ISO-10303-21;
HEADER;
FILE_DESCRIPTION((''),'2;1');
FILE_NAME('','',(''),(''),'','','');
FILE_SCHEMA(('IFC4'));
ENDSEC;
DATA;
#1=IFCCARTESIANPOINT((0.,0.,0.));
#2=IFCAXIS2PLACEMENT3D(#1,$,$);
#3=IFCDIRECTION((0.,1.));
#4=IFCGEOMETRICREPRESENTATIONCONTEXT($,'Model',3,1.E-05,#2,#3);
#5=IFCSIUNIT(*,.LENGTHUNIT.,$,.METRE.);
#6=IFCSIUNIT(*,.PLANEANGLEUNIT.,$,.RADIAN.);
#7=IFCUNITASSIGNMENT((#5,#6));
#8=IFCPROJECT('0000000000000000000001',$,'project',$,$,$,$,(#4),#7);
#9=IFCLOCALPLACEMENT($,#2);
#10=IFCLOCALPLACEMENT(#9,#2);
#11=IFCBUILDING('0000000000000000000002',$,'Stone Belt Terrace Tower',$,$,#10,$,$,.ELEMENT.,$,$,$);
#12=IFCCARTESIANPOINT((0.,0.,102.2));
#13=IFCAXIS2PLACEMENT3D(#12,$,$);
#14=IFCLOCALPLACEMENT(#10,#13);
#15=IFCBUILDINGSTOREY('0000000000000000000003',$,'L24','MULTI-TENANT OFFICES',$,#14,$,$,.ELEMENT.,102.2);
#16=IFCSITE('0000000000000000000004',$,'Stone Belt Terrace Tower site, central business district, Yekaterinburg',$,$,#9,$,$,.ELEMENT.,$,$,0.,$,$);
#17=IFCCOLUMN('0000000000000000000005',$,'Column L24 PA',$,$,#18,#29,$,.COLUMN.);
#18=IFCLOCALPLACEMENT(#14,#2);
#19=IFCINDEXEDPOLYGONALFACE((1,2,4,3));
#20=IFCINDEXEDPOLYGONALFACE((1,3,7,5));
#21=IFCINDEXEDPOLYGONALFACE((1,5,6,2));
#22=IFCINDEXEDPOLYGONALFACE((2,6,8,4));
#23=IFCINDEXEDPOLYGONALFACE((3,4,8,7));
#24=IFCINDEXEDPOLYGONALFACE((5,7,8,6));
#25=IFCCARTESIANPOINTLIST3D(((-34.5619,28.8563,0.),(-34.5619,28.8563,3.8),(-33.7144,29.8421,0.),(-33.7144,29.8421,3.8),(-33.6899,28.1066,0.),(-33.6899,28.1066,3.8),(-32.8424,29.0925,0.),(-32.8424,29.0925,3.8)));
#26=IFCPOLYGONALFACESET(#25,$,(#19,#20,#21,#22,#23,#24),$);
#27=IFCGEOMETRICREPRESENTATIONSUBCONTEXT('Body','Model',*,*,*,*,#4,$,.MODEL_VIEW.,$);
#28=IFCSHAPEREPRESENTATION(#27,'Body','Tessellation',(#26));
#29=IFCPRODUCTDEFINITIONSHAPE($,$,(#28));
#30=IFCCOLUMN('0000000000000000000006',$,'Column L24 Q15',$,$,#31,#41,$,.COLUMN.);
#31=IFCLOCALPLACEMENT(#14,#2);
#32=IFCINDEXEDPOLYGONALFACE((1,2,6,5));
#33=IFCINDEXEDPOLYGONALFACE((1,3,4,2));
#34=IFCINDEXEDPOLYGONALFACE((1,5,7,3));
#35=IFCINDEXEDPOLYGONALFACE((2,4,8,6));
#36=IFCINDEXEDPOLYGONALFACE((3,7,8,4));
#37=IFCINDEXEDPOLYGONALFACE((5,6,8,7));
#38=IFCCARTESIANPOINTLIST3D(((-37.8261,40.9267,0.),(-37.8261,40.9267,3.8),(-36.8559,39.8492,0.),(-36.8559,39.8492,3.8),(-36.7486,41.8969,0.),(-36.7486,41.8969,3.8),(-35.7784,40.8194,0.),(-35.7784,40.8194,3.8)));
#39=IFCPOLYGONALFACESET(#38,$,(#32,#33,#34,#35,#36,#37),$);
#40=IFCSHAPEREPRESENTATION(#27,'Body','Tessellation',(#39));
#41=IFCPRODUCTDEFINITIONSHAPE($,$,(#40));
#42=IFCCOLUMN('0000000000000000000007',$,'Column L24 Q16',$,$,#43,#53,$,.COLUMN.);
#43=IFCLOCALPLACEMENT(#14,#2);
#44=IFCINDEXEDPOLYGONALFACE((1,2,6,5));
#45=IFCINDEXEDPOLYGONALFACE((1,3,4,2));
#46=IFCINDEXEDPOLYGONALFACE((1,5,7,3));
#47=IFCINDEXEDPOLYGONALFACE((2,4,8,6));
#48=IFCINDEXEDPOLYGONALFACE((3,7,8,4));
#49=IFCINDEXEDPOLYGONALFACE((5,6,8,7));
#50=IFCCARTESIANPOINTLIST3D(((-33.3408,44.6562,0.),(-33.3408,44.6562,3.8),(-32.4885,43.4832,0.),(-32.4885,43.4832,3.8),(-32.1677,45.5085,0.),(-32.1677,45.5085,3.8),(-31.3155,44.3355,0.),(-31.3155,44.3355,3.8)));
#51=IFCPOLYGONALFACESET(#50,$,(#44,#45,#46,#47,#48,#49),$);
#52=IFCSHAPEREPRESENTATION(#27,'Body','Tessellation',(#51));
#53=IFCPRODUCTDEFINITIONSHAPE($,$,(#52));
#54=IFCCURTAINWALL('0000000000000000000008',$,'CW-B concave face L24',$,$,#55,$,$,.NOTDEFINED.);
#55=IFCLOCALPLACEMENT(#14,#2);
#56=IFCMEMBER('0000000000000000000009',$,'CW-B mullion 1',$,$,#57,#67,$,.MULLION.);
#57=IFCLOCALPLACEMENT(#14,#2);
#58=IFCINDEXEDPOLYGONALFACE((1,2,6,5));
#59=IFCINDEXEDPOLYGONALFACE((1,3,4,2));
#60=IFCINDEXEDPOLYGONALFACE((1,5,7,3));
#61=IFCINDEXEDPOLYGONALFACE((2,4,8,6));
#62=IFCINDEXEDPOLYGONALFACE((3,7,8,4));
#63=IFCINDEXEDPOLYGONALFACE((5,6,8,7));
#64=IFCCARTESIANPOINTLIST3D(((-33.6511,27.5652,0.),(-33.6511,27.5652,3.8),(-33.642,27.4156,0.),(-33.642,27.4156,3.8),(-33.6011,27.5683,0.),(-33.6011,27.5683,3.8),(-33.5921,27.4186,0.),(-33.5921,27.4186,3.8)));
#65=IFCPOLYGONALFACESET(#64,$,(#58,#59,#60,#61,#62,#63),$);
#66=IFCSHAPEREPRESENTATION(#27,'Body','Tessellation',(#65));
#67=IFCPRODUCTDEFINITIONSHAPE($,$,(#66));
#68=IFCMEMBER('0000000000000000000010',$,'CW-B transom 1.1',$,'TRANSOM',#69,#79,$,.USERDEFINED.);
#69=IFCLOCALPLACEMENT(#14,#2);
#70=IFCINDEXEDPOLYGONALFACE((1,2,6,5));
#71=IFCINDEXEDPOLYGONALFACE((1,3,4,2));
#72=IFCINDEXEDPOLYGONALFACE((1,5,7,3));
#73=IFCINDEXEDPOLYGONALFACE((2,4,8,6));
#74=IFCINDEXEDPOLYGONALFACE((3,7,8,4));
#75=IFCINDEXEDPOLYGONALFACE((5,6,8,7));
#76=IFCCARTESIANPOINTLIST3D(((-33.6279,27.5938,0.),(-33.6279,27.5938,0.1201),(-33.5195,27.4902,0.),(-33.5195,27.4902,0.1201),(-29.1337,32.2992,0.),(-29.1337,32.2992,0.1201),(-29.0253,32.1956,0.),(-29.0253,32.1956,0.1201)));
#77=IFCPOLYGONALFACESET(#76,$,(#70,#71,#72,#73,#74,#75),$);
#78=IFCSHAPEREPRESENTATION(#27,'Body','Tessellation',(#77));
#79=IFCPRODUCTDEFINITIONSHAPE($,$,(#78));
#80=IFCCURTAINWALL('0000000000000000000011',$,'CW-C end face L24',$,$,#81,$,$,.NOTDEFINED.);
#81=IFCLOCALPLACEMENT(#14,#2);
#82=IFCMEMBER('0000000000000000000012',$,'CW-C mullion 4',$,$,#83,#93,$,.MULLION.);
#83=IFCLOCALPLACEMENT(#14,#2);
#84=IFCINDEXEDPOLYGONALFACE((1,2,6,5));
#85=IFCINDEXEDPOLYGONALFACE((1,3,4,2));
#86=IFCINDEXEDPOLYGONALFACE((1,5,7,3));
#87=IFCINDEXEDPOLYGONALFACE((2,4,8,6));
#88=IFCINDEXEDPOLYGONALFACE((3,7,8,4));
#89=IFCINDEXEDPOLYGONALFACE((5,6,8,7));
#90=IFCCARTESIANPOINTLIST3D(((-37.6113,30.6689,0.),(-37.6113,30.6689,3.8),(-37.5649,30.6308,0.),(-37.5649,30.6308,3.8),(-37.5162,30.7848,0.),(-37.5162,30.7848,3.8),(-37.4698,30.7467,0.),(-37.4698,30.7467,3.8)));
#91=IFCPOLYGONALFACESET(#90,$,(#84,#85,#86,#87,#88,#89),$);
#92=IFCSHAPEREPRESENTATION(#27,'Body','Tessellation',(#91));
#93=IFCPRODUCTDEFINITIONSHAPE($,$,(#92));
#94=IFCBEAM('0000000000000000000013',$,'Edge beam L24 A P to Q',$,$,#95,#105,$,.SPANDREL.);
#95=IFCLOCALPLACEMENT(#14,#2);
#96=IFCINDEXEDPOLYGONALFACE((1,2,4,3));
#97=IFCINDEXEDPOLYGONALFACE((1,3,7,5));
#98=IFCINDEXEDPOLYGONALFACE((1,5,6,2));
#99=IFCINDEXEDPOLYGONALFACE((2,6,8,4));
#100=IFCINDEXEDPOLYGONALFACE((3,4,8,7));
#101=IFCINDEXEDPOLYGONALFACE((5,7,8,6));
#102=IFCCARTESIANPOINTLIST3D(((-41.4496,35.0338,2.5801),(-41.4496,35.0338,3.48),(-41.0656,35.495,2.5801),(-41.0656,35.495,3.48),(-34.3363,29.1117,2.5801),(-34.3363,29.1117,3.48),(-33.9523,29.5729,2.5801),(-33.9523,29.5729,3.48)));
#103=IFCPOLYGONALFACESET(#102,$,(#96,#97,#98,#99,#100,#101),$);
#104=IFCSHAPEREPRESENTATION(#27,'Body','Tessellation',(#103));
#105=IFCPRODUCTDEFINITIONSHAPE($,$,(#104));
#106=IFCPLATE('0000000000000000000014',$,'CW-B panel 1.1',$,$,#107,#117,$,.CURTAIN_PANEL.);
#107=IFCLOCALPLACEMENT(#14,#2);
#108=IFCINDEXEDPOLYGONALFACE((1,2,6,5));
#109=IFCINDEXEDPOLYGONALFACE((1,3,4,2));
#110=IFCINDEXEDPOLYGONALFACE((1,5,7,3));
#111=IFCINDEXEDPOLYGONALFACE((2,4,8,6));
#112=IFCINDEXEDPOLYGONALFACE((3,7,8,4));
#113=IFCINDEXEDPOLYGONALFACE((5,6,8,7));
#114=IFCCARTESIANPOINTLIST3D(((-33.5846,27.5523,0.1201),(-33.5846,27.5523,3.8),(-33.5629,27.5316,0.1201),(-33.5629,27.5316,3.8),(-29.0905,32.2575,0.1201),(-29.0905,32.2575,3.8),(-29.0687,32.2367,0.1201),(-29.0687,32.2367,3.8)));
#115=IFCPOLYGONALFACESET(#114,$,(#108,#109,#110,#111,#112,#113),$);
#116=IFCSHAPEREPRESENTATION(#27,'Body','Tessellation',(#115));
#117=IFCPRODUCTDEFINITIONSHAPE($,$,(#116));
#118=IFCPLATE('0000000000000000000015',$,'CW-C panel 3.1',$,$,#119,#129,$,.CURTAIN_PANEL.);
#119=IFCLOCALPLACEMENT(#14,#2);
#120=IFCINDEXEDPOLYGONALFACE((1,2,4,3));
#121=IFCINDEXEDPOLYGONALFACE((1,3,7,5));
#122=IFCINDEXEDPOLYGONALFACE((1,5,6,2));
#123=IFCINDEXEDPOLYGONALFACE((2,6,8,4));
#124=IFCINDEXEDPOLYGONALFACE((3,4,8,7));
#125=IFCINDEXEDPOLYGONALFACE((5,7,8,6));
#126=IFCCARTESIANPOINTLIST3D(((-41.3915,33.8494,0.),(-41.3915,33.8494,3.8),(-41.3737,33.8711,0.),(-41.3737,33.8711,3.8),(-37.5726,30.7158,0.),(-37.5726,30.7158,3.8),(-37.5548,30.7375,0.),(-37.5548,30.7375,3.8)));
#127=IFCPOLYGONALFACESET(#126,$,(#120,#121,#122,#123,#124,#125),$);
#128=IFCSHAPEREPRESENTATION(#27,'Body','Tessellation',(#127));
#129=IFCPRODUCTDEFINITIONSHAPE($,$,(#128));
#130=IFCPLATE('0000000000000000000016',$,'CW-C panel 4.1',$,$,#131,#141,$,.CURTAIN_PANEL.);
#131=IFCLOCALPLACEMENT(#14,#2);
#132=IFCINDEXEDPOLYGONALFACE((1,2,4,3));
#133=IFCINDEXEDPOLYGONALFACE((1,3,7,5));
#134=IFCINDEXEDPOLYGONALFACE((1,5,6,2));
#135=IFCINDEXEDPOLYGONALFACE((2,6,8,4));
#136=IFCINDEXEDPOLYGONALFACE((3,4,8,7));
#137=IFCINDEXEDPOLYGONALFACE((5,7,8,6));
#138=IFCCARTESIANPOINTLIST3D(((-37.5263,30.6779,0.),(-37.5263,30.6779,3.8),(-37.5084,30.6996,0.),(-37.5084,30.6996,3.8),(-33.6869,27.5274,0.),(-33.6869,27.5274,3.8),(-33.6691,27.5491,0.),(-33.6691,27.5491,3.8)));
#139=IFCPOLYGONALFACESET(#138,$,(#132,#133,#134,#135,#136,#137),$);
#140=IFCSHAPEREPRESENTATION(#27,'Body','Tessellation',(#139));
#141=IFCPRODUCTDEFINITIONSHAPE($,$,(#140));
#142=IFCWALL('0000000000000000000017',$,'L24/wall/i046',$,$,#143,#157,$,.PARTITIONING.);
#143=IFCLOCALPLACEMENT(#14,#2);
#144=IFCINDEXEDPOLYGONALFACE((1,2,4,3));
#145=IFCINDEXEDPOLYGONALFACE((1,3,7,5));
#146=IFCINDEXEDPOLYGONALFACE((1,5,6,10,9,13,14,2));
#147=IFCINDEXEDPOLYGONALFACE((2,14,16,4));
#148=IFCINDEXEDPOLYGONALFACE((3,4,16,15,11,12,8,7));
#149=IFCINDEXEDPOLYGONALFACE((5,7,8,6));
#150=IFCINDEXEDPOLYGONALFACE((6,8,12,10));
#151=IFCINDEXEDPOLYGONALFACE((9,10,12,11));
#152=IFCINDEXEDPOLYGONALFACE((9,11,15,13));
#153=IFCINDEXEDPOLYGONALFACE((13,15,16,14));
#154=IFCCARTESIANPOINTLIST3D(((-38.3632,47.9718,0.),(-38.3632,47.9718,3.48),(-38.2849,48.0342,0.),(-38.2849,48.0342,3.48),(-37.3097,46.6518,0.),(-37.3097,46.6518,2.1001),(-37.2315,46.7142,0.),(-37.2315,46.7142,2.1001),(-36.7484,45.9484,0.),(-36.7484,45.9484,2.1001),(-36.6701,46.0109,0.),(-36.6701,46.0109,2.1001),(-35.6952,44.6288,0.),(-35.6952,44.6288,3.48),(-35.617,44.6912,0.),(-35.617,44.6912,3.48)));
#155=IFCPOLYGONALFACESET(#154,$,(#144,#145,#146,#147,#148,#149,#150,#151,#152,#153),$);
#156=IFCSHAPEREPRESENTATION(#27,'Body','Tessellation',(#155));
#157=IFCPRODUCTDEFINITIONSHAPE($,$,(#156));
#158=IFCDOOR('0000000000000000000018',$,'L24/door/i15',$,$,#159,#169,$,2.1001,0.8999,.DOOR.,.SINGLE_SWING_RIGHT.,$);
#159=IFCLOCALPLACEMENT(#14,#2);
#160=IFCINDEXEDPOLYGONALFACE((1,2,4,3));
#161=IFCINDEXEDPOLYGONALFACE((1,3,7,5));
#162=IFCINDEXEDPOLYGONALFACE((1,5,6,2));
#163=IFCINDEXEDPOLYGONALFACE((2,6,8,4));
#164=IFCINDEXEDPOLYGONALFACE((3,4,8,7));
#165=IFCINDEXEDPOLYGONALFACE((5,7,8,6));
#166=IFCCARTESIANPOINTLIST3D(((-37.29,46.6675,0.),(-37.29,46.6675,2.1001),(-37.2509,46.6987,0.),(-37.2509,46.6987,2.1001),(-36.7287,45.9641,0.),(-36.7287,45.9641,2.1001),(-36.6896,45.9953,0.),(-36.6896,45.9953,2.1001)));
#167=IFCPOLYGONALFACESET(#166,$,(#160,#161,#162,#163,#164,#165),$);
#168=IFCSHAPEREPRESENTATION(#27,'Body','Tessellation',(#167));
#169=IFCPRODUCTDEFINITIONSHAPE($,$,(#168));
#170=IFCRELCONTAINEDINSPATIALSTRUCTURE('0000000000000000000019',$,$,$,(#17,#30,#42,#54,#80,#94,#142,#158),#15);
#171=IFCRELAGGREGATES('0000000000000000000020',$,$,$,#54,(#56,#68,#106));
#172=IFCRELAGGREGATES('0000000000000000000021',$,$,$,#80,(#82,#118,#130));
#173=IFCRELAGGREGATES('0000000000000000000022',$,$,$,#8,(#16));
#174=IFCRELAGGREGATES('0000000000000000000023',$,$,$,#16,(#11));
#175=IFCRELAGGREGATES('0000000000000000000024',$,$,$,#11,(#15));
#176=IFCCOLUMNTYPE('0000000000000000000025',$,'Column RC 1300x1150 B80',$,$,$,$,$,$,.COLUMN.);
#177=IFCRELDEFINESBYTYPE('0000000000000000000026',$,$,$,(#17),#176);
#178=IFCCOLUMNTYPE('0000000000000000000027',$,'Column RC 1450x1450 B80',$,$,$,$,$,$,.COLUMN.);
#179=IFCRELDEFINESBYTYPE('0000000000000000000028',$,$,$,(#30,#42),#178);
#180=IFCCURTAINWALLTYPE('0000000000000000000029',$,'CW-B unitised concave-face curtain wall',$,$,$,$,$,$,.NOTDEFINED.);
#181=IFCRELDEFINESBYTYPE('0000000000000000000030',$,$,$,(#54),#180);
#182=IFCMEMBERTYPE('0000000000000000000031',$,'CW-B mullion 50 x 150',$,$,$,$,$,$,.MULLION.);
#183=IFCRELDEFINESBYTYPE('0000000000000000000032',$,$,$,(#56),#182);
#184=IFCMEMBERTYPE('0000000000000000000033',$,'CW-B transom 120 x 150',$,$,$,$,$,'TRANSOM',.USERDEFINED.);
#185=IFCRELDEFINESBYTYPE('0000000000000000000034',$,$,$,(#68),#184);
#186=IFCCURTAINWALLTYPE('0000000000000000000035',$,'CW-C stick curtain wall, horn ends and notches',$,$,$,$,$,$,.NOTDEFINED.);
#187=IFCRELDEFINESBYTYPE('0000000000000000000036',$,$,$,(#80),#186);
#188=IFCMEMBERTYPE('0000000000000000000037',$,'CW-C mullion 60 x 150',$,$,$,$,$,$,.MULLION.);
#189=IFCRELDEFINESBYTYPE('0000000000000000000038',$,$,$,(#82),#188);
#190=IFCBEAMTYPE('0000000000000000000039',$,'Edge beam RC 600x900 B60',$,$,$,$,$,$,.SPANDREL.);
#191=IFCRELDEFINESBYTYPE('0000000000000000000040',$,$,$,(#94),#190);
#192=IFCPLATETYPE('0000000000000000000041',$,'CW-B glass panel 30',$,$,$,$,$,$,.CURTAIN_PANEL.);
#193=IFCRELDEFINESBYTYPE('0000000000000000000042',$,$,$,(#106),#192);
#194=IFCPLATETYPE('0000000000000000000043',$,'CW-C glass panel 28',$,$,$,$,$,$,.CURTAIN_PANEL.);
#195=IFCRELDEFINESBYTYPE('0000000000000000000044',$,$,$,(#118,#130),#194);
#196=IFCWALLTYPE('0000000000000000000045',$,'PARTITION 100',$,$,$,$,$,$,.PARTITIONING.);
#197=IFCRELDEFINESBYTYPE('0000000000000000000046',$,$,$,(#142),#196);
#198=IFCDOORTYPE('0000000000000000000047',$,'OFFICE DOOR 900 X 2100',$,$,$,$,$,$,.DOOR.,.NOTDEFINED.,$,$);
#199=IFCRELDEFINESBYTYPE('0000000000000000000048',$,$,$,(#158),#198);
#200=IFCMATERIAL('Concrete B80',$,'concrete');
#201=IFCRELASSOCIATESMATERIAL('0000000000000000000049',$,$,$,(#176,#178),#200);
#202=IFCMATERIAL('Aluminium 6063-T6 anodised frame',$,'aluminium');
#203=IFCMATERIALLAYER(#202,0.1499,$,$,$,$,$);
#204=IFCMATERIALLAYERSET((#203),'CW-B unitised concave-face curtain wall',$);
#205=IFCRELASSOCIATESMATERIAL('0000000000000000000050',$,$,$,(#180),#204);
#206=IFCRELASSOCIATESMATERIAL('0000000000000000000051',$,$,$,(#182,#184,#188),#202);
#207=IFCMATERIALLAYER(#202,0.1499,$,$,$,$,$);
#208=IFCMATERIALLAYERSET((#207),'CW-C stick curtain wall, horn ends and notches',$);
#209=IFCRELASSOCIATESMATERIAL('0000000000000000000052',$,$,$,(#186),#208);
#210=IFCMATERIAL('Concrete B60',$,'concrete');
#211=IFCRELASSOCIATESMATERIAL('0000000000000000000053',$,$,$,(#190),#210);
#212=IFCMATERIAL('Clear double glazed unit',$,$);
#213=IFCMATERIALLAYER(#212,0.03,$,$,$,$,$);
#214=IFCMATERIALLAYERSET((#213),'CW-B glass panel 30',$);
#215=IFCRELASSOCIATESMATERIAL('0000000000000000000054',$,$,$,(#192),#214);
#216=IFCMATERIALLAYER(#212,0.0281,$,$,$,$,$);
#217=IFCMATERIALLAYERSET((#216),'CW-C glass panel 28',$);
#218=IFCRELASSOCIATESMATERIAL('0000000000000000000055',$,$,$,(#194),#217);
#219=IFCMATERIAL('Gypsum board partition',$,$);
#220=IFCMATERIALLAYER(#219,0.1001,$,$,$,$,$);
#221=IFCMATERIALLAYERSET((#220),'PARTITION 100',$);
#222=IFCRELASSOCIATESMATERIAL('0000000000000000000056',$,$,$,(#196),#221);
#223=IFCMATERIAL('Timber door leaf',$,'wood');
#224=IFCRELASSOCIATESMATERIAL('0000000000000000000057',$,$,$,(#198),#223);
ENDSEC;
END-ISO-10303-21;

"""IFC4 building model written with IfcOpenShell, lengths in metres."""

from ifc_helpers import new_model, si_unit, direction, frame, frame_2d, origin, origin_2d, place, context, subcontext, project, spatial, rectangle, extrude, material, layer, layer_set, material_profile, profile_set, type_object, element, fill, aggregate, save


model = new_model("IFC4")

# Units and contexts
model_context = context("Model", 3, precision=1e-05, world=origin(), true_north=direction((0.0, 1.0)))
body_context = subcontext(model_context, "Body", "Model", "MODEL_VIEW")
ifc_project = project(units=[si_unit("LENGTHUNIT", "METRE"), si_unit("PLANEANGLEUNIT", "RADIAN")], contexts=[model_context])

# Site, building, storey
site_placement = place(None, origin())
site = spatial("IfcSite", under=ifc_project, at=site_placement, Name="Stone Belt Terrace Tower site, central business district, Yekaterinburg", CompositionType="ELEMENT", RefElevation=0.0)
building_placement = place(site_placement, origin())
building = spatial("IfcBuilding", under=site, at=building_placement, Name="Stone Belt Terrace Tower", CompositionType="ELEMENT")
storey_placement = place(building_placement, frame((0.0, 0.0, 102.2)))
storey = spatial("IfcBuildingStorey", under=building, at=storey_placement, Name="L24", Description="MULTI-TENANT OFFICES", CompositionType="ELEMENT", Elevation=102.2)

# Columns
ifc_material_1 = material(Name="Concrete B80", Category="concrete")
ifc_material_profile_1 = material_profile(ifc_material_1, rectangle(XDim=1.3, YDim=1.1499, at=origin_2d()), Name="RC 1300x1150")
ifc_profile_set_1 = profile_set([ifc_material_profile_1], Name="Concrete B80")
column_type_1 = type_object("IfcColumnType", Name="Column RC 1300x1150 B80", PredefinedType="COLUMN", material=ifc_profile_set_1)
column_placement = place(storey_placement, frame((-33.7021, 28.9744, 0.0), z_axis=(0.0, 0.0, 1.0), x_axis=(0.651917, 0.75829, 0.0)))
element("IfcColumn", 1, at=column_placement, inside=storey, type_object=column_type_1, Name="Column L24 PA", PredefinedType="COLUMN", context=body_context, shape_type="SweptSolid", body=[
    extrude(rectangle(XDim=1.3, YDim=1.1499, at=origin_2d()), origin(), (0.0, 0.0, 1.0), 3.8),
])
ifc_material_profile_2 = material_profile(ifc_material_1, rectangle(XDim=1.45, YDim=1.45, at=origin_2d()), Name="RC 1450x1450")
ifc_profile_set_2 = profile_set([ifc_material_profile_2], Name="Concrete B80")
column_type_2 = type_object("IfcColumnType", Name="Column RC 1450x1450 B80", PredefinedType="COLUMN", material=ifc_profile_set_2)
for number, where, z_axis, x_axis, name in (
    (2, (-36.8022, 40.873, 0.0), (0.0, 0.0, 1.0), (0.743145, 0.669131, 0.0), "Column L24 Q15"),
    (3, (-32.3281, 44.4958, 0.0), (0.0, 0.0, 1.0), (0.809017, 0.587785, 0.0), "Column L24 Q16"),
):
    element("IfcColumn", number, at=place(storey_placement, frame(where, z_axis=z_axis, x_axis=x_axis)), inside=storey, type_object=column_type_2, Name=name, PredefinedType="COLUMN", context=body_context, shape_type="SweptSolid", body=[
        extrude(rectangle(XDim=1.45, YDim=1.45, at=origin_2d()), origin(), (0.0, 0.0, 1.0), 3.8),
    ])

# Curtain wall, members
ifc_material_2 = material(Name="Aluminium 6063-T6 anodised frame", Category="aluminium")
ifc_layer_1 = layer(ifc_material_2, 0.1499)
ifc_layer_set_1 = layer_set([ifc_layer_1], Name="CW-B unitised concave-face curtain wall")
curtain_wall_type_1 = type_object("IfcCurtainWallType", Name="CW-B unitised concave-face curtain wall", PredefinedType="NOTDEFINED", material=ifc_layer_set_1)
curtain_wall_1_placement = place(storey_placement, origin())
curtain_wall_1 = element("IfcCurtainWall", 4, at=curtain_wall_1_placement, inside=storey, type_object=curtain_wall_type_1, Name="CW-B concave face L24", PredefinedType="NOTDEFINED")
ifc_material_profile_3 = material_profile(ifc_material_2, rectangle(XDim=0.1499, YDim=0.05, at=origin_2d()), Name="Aluminium 6063-T6 50x150")
ifc_profile_set_3 = profile_set([ifc_material_profile_3], Name="Aluminium 6063-T6 anodised frame")
member_type_1 = type_object("IfcMemberType", Name="CW-B mullion 50 x 150", PredefinedType="MULLION", material=ifc_profile_set_3)
member_1_placement = place(storey_placement, frame((-33.6216, 27.4919, 0.0), z_axis=(0.0, 0.0, 1.0), x_axis=(-0.060552, 0.998165, 0.0)))
member_1 = element("IfcMember", 5, at=member_1_placement, type_object=member_type_1, Name="CW-B mullion 1", PredefinedType="MULLION", context=body_context, shape_type="SweptSolid", body=[
    extrude(rectangle(XDim=0.1499, YDim=0.05, at=origin_2d()), origin(), (0.0, 0.0, 1.0), 3.8),
])
ifc_material_profile_4 = material_profile(ifc_material_2, rectangle(XDim=0.1499, YDim=0.1201, at=origin_2d()), Name="Aluminium 6063-T6 150x120")
ifc_profile_set_4 = profile_set([ifc_material_profile_4], Name="Aluminium 6063-T6 anodised frame")
member_type_2 = type_object("IfcMemberType", Name="CW-B transom 120 x 150", ElementType="TRANSOM", PredefinedType="USERDEFINED", material=ifc_profile_set_4)
member_2_placement = place(storey_placement, frame((-33.5737, 27.542, 0.0601), z_axis=(0.690693, 0.723149, 0.0), x_axis=(-0.723149, 0.690693, 0.0)))
member_2 = element("IfcMember", 6, at=member_2_placement, type_object=member_type_2, Name="CW-B transom 1.1", ObjectType="TRANSOM", PredefinedType="USERDEFINED", context=body_context, shape_type="SweptSolid", body=[
    extrude(rectangle(XDim=0.1499, YDim=0.1201, at=origin_2d()), origin(), (0.0, 0.0, 1.0), 6.5068),
])

# Curtain wall, member
ifc_layer_2 = layer(ifc_material_2, 0.1499)
ifc_layer_set_2 = layer_set([ifc_layer_2], Name="CW-C stick curtain wall, horn ends and notches")
curtain_wall_type_2 = type_object("IfcCurtainWallType", Name="CW-C stick curtain wall, horn ends and notches", PredefinedType="NOTDEFINED", material=ifc_layer_set_2)
curtain_wall_2_placement = place(storey_placement, origin())
curtain_wall_2 = element("IfcCurtainWall", 7, at=curtain_wall_2_placement, inside=storey, type_object=curtain_wall_type_2, Name="CW-C end face L24", PredefinedType="NOTDEFINED")
ifc_material_profile_5 = material_profile(ifc_material_2, rectangle(XDim=0.1499, YDim=0.0601, at=origin_2d()), Name="Aluminium 6063-T6 60x150")
ifc_profile_set_5 = profile_set([ifc_material_profile_5], Name="Aluminium 6063-T6 anodised frame")
member_type_3 = type_object("IfcMemberType", Name="CW-C mullion 60 x 150", PredefinedType="MULLION", material=ifc_profile_set_5)
member_3_placement = place(storey_placement, frame((-37.5405, 30.7078, 0.0), z_axis=(0.0, 0.0, 1.0), x_axis=(0.634344, 0.773051, 0.0)))
member_3 = element("IfcMember", 8, at=member_3_placement, type_object=member_type_3, Name="CW-C mullion 4", PredefinedType="MULLION", context=body_context, shape_type="SweptSolid", body=[
    extrude(rectangle(XDim=0.1499, YDim=0.0601, at=origin_2d()), origin(), (0.0, 0.0, 1.0), 3.8),
])

# Beam
ifc_material_3 = material(Name="Concrete B60", Category="concrete")
ifc_material_profile_6 = material_profile(ifc_material_3, rectangle(XDim=0.6001, YDim=0.8999, at=origin_2d()), Name="RC 600x900")
ifc_profile_set_6 = profile_set([ifc_material_profile_6], Name="Concrete B60")
beam_type = type_object("IfcBeamType", Name="Edge beam RC 600x900 B60", PredefinedType="SPANDREL", material=ifc_profile_set_6)
beam_placement = place(storey_placement, frame((-34.1443, 29.3423, 3.03), z_axis=(-0.76852, 0.639826, 0.0), x_axis=(-0.639826, -0.76852, 0.0)))
element("IfcBeam", 9, at=beam_placement, inside=storey, type_object=beam_type, Name="Edge beam L24 A P to Q", PredefinedType="SPANDREL", context=body_context, shape_type="SweptSolid", body=[
    extrude(rectangle(XDim=0.6001, YDim=0.8999, at=origin_2d()), origin(), (0.0, 0.0, 1.0), 9.2559),
])

# Plates
ifc_material_4 = material(Name="Clear double glazed unit")
ifc_layer_3 = layer(ifc_material_4, 0.03)
ifc_layer_set_3 = layer_set([ifc_layer_3], Name="CW-B glass panel 30")
plate_type_1 = type_object("IfcPlateType", Name="CW-B glass panel 30", PredefinedType="CURTAIN_PANEL", material=ifc_layer_set_3)
plate_1_placement = place(storey_placement, frame((-31.3267, 29.8945, 0.1201), z_axis=(0.0, 0.0, 1.0), x_axis=(0.690702, 0.72314, 0.0)))
plate_1 = element("IfcPlate", 10, at=plate_1_placement, type_object=plate_type_1, Name="CW-B panel 1.1", PredefinedType="CURTAIN_PANEL", context=body_context, shape_type="SweptSolid", body=[
    extrude(rectangle(XDim=6.5066, YDim=0.03, at=origin_2d()), origin(), (0.0, 0.0, 1.0), 3.6799),
])
aggregate(curtain_wall_1, [member_1, member_2, plate_1])
ifc_layer_4 = layer(ifc_material_4, 0.0281)
ifc_layer_set_4 = layer_set([ifc_layer_4], Name="CW-C glass panel 28")
plate_type_2 = type_object("IfcPlateType", Name="CW-C glass panel 28", PredefinedType="CURTAIN_PANEL", material=ifc_layer_set_4)
plate_2_placement = place(storey_placement, frame((-39.4731, 32.2935, 0.0), z_axis=(0.0, 0.0, 1.0), x_axis=(0.773051, -0.634344, 0.0)))
plate_2 = element("IfcPlate", 11, at=plate_2_placement, type_object=plate_type_2, Name="CW-C panel 3.1", PredefinedType="CURTAIN_PANEL", context=body_context, shape_type="SweptSolid", body=[
    extrude(rectangle(XDim=4.9399, YDim=0.0281, at=origin_2d()), origin(), (0.0, 0.0, 1.0), 3.8),
])
plate_3_placement = place(storey_placement, frame((-35.5977, 29.1135, 0.0), z_axis=(0.0, 0.0, 1.0), x_axis=(0.773051, -0.634344, 0.0)))
plate_3 = element("IfcPlate", 12, at=plate_3_placement, type_object=plate_type_2, Name="CW-C panel 4.1", PredefinedType="CURTAIN_PANEL", context=body_context, shape_type="SweptSolid", body=[
    extrude(rectangle(XDim=4.9666, YDim=0.0281, at=origin_2d()), origin(), (0.0, 0.0, 1.0), 3.8),
])
aggregate(curtain_wall_2, [member_3, plate_2, plate_3])

# Wall, opening, door
ifc_material_5 = material(Name="Gypsum board partition")
ifc_layer_5 = layer(ifc_material_5, 0.1001)
ifc_layer_set_5 = layer_set([ifc_layer_5], Name="PARTITION 100")
wall_type_1 = type_object("IfcWallType", Name="PARTITION 100", PredefinedType="PARTITIONING", material=ifc_layer_set_5)
wall_1_placement = place(storey_placement, frame((-35.656, 44.6599, 0.0), z_axis=(0.0, 0.0, 1.0), x_axis=(-0.623776, 0.781603, 0.0)))
wall_1 = element("IfcWall", 13, at=wall_1_placement, inside=storey, type_object=wall_type_1, Name="L24/wall/i046", PredefinedType="PARTITIONING", context=body_context, shape_type="SweptSolid", body=[
    extrude(rectangle(XDim=4.2771, YDim=0.1001, at=frame_2d((2.1387, 0.0))), origin(), (0.0, 0.0, 1.0), 3.48),
])
opening_1_placement = place(wall_1_placement, frame((1.6885, 0.0, 0.0)))
opening_1 = element("IfcOpeningElement", 14, at=opening_1_placement, cuts=wall_1, PredefinedType="OPENING", context=body_context, shape_type="SweptSolid", body=[
    extrude(rectangle(XDim=0.8999, YDim=2.1001, at=frame_2d((0.45, 1.05))), frame((0.0, 0.0601, 0.0), z_axis=(0.0, -1.0, 0.0), x_axis=(1.0, 0.0, 0.0)), (0.0, 0.0, 1.0), 0.1201),
])
ifc_material_6 = material(Name="Timber door leaf", Category="wood")
door_type_1 = type_object("IfcDoorType", Name="OFFICE DOOR 900 X 2100", OperationType="NOTDEFINED", PredefinedType="DOOR", material=ifc_material_6)
door_1_placement = place(opening_1_placement, origin())
door_1 = element("IfcDoor", 15, at=door_1_placement, inside=storey, type_object=door_type_1, Name="L24/door/i15", OperationType="SINGLE_SWING_RIGHT", OverallHeight=2.1001, OverallWidth=0.8999, PredefinedType="DOOR", context=body_context, shape_type="SweptSolid", body=[
    extrude(rectangle(XDim=0.8999, YDim=2.1001, at=frame_2d((0.45, 1.05))), frame((0.0, 0.0249, 0.0), z_axis=(0.0, -1.0, 0.0), x_axis=(1.0, 0.0, 0.0)), (0.0, 0.0, 1.0), 0.05),
])
fill(opening_1, door_1)

save(model, "model.ifc")
